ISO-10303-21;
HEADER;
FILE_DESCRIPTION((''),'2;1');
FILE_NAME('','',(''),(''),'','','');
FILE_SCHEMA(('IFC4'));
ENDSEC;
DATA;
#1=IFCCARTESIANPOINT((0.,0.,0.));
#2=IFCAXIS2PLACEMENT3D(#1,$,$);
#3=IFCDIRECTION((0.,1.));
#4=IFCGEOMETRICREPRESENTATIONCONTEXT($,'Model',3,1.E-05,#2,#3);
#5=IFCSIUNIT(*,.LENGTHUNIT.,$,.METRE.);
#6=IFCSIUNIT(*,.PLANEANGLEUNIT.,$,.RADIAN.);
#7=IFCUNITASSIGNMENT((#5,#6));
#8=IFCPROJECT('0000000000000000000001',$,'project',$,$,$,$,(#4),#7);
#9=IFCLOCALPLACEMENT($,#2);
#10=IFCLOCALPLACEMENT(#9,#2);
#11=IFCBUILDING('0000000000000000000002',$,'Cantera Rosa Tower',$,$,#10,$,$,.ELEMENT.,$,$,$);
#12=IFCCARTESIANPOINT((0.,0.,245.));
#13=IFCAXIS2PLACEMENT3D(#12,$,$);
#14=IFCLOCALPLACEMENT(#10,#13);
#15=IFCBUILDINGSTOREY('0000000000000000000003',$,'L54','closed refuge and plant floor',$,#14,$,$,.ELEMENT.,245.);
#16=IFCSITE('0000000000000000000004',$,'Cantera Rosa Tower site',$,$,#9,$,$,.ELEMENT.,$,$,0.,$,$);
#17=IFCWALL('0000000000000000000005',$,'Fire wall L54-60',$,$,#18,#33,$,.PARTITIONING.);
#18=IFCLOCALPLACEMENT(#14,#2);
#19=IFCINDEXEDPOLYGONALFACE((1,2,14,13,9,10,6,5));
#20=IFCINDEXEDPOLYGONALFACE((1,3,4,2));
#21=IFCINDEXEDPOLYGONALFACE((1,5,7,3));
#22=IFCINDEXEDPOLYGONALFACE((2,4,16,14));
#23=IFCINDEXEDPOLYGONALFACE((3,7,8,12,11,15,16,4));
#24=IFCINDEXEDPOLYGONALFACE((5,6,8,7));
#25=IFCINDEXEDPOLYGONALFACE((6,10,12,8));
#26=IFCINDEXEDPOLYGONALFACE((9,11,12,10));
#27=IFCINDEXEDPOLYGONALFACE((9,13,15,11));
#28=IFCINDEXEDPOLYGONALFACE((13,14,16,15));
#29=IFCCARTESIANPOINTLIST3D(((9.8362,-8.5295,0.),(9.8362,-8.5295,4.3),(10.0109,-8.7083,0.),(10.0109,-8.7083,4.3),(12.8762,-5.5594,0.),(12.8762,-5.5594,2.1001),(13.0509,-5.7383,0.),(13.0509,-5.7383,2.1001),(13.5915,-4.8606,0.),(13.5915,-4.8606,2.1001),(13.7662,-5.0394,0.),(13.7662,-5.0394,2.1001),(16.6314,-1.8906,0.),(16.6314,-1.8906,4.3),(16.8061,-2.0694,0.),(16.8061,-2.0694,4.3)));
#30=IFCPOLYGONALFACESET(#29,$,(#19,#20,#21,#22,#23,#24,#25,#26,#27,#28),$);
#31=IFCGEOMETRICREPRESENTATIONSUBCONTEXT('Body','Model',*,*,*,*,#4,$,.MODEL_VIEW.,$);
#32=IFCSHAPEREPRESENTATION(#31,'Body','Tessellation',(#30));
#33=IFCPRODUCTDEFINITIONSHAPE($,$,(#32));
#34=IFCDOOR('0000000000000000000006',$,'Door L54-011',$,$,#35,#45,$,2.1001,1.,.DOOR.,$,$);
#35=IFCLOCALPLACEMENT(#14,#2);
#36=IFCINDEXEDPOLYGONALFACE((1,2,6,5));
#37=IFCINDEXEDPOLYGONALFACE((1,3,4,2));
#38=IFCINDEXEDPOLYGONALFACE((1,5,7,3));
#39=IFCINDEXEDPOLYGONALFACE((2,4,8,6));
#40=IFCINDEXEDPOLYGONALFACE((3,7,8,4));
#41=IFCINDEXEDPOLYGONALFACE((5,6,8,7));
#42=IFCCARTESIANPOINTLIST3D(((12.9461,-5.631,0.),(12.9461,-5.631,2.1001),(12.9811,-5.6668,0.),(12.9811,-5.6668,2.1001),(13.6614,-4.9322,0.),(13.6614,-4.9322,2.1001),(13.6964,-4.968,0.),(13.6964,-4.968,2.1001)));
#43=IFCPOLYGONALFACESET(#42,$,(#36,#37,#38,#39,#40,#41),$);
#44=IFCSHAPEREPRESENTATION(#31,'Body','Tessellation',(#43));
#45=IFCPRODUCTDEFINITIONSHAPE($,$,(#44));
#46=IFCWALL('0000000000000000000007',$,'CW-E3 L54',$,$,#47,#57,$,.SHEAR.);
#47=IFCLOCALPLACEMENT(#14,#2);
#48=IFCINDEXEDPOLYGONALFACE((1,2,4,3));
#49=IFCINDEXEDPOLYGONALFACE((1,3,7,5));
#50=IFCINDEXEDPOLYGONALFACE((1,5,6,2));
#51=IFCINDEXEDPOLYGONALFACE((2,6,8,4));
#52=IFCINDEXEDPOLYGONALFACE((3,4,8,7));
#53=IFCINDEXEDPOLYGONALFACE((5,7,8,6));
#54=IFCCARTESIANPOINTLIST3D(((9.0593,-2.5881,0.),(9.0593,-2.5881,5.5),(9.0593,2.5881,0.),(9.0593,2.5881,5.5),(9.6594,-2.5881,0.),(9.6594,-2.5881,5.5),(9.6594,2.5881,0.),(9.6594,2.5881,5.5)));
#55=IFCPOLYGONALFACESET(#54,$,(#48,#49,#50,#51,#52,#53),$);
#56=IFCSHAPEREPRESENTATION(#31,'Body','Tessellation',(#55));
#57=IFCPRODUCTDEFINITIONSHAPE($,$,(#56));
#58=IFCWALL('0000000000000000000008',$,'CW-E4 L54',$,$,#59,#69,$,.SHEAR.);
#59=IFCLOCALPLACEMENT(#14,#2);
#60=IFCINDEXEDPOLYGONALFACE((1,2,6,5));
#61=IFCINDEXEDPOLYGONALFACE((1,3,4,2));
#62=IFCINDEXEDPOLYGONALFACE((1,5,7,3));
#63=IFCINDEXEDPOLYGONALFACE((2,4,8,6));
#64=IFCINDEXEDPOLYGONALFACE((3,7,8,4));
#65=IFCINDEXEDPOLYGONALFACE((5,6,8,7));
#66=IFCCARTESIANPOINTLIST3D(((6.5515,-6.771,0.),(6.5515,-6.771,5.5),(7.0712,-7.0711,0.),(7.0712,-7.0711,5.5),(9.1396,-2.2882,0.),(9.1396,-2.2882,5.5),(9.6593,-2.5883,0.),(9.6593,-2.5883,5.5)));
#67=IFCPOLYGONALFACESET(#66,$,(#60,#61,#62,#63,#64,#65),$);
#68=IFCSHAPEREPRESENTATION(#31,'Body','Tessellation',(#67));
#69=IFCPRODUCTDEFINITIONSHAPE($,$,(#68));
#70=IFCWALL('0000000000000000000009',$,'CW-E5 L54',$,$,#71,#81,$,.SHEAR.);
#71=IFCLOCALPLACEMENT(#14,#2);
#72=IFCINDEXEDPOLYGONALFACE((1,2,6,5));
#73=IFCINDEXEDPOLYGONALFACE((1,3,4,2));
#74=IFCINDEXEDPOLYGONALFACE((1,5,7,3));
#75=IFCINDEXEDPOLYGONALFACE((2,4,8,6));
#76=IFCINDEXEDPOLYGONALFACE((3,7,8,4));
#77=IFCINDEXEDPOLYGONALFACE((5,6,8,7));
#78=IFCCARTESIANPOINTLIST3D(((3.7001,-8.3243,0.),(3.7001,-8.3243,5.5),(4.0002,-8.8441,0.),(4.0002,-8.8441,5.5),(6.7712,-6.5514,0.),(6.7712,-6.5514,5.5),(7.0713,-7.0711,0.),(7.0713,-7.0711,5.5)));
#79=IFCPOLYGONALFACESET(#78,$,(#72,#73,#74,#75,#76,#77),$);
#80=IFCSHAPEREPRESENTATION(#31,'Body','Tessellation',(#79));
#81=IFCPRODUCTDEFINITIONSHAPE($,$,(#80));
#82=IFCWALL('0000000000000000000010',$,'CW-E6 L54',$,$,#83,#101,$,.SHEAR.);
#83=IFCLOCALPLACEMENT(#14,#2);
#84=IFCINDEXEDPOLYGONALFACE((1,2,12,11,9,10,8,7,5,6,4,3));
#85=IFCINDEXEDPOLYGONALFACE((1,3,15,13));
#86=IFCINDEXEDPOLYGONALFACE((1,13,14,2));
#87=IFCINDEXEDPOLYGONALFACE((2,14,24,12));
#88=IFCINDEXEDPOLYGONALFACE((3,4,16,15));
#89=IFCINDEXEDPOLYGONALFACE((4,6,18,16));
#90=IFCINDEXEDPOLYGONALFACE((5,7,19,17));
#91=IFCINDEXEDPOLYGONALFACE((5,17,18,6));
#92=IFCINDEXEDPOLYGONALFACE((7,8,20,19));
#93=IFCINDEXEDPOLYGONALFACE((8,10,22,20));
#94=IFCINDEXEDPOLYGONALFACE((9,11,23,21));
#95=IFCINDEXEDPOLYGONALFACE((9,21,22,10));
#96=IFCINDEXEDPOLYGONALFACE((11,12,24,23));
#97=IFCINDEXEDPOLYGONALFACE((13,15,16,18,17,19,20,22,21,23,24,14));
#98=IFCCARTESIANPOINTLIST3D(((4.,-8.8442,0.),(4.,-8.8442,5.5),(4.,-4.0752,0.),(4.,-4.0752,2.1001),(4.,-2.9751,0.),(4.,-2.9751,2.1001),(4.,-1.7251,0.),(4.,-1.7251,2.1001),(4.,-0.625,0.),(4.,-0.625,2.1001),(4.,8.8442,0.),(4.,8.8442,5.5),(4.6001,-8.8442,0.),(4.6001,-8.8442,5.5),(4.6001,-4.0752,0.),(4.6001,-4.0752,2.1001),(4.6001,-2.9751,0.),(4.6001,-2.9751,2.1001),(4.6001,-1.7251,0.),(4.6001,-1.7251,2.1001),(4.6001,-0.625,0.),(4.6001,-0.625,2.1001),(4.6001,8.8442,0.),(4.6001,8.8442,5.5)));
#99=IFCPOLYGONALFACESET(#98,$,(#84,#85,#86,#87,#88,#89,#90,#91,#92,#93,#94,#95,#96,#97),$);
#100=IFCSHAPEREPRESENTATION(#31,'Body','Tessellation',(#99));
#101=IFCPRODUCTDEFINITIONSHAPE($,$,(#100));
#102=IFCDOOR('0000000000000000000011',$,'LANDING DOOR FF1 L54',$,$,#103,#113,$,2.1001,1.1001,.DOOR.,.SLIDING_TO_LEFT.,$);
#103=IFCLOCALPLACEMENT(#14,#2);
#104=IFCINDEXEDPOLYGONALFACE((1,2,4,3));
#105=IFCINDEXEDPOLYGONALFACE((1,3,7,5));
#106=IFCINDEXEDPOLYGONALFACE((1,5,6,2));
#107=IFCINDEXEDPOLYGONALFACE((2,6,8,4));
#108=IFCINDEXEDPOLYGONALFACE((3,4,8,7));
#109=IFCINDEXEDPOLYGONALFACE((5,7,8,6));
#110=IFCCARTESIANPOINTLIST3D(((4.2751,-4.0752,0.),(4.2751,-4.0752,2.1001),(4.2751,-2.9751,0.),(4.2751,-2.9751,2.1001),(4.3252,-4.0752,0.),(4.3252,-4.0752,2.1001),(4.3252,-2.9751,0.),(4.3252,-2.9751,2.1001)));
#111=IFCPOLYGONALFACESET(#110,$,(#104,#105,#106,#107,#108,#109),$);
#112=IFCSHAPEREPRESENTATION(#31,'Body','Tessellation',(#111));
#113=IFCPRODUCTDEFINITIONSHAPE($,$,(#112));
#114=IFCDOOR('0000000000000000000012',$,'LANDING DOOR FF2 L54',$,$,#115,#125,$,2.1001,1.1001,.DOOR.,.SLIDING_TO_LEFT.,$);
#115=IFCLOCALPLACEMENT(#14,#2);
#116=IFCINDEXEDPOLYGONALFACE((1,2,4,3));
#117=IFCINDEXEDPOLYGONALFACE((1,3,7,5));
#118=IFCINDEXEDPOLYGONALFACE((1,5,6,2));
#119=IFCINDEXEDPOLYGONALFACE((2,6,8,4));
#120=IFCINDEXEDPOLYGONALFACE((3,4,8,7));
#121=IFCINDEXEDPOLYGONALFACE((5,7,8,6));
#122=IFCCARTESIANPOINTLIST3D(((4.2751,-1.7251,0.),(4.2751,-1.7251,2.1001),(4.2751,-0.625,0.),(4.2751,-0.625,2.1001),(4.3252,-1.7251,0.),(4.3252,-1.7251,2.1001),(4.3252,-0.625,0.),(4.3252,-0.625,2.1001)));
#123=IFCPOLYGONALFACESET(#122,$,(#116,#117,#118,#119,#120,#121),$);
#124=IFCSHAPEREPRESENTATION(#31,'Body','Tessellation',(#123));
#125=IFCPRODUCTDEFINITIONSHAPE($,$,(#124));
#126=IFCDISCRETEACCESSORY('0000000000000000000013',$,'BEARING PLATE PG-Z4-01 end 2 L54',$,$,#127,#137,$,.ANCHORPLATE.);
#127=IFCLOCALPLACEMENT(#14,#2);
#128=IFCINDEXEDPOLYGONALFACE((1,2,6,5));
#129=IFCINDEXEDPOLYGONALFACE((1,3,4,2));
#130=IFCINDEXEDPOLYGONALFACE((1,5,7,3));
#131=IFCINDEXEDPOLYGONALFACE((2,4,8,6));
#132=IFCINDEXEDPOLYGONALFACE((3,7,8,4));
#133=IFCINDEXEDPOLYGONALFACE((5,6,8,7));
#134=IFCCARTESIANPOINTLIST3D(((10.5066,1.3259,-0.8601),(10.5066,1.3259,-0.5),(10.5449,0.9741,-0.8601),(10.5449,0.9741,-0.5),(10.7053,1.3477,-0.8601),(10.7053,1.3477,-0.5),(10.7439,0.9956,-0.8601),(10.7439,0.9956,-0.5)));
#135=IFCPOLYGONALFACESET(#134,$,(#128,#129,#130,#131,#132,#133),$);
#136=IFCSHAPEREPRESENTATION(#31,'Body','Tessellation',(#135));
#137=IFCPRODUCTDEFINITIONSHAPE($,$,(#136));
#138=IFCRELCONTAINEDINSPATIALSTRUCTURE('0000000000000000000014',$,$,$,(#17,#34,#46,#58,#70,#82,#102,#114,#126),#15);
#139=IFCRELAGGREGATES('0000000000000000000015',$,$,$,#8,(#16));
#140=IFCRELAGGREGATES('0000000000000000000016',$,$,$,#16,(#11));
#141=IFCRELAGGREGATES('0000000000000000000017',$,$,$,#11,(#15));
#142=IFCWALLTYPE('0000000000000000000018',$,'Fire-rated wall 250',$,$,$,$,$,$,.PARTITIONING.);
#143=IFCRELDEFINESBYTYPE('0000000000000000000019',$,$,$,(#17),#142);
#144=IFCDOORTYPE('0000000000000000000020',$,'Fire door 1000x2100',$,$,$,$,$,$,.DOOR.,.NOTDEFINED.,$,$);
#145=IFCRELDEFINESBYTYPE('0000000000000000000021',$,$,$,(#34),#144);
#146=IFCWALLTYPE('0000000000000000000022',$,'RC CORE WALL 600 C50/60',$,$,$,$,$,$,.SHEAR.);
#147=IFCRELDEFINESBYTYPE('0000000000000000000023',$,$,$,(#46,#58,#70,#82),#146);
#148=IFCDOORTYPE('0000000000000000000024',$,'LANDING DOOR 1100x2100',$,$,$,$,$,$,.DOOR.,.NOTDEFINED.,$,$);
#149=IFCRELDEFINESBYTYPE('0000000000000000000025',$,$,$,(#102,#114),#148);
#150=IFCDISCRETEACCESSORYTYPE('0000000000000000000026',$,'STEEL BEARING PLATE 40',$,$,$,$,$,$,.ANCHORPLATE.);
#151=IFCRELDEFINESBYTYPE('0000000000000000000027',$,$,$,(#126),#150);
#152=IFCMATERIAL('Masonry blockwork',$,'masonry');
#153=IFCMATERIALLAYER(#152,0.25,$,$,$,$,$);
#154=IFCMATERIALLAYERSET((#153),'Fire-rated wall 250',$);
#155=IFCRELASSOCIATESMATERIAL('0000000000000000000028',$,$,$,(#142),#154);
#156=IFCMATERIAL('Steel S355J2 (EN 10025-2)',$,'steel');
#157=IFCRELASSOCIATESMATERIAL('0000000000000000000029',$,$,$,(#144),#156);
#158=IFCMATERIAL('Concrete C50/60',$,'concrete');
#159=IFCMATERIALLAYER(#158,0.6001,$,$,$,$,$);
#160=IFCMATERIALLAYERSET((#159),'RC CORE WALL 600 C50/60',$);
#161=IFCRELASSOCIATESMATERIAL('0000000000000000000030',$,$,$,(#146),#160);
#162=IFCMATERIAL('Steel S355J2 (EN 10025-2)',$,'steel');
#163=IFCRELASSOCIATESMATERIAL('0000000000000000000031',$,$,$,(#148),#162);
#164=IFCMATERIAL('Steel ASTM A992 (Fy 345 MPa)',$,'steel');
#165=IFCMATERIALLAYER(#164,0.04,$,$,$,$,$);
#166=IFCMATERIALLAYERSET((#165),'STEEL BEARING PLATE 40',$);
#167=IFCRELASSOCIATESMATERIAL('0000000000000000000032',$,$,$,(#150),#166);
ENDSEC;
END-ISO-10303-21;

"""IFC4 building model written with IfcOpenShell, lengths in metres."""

from ifc_helpers import new_model, si_unit, direction, frame, frame_2d, origin, place, context, subcontext, project, spatial, polyline, rectangle, outline, extrude, material, layer, layer_set, type_object, element, fill, save


model = new_model("IFC4")

# Units and contexts
model_context = context("Model", 3, precision=1e-05, world=origin(), true_north=direction((0.0, 1.0)))
body_context = subcontext(model_context, "Body", "Model", "MODEL_VIEW")
ifc_project = project(units=[si_unit("LENGTHUNIT", "METRE"), si_unit("PLANEANGLEUNIT", "RADIAN")], contexts=[model_context])

# Site, building, storey
site_placement = place(None, origin())
site = spatial("IfcSite", under=ifc_project, at=site_placement, Name="Cantera Rosa Tower site", CompositionType="ELEMENT", RefElevation=0.0)
building_placement = place(site_placement, origin())
building = spatial("IfcBuilding", under=site, at=building_placement, Name="Cantera Rosa Tower", CompositionType="ELEMENT")
storey_placement = place(building_placement, frame((0.0, 0.0, 245.0)))
storey = spatial("IfcBuildingStorey", under=building, at=storey_placement, Name="L54", Description="closed refuge and plant floor", CompositionType="ELEMENT", Elevation=245.0)

# Wall, opening, door
ifc_material_1 = material(Name="Masonry blockwork", Category="masonry")
ifc_layer_1 = layer(ifc_material_1, 0.25)
ifc_layer_set_1 = layer_set([ifc_layer_1], Name="Fire-rated wall 250")
wall_type_1 = type_object("IfcWallType", Name="Fire-rated wall 250", PredefinedType="PARTITIONING", material=ifc_layer_set_1)
wall_1_placement = place(storey_placement, frame((9.9236, -8.6189, 0.0), z_axis=(0.0, 0.0, 1.0), x_axis=(0.715283, 0.698835, 0.0)))
wall_1 = element("IfcWall", 1, at=wall_1_placement, inside=storey, type_object=wall_type_1, Name="Fire wall L54-60", PredefinedType="PARTITIONING", context=body_context, shape_type="SweptSolid", body=[
    extrude(rectangle(XDim=9.5, YDim=0.25, at=frame_2d((4.75, 0.0))), origin(), (0.0, 0.0, 1.0), 4.3),
])
opening_1_placement = place(wall_1_placement, frame((4.25, 0.0, 0.0)))
opening_1 = element("IfcOpeningElement", 2, at=opening_1_placement, cuts=wall_1, PredefinedType="OPENING", context=body_context, shape_type="SweptSolid", body=[
    extrude(rectangle(XDim=1.0, YDim=2.1001, at=frame_2d((0.5, 1.05))), frame((0.0, 0.135, 0.0), z_axis=(0.0, -1.0, 0.0), x_axis=(1.0, 0.0, 0.0)), (0.0, 0.0, 1.0), 0.27),
])
ifc_material_2 = material(Name="Steel S355J2 (EN 10025-2)", Category="steel")
door_type_1 = type_object("IfcDoorType", Name="Fire door 1000x2100", OperationType="NOTDEFINED", PredefinedType="DOOR", material=ifc_material_2)
door_1_placement = place(opening_1_placement, origin())
door_1 = element("IfcDoor", 3, at=door_1_placement, inside=storey, type_object=door_type_1, Name="Door L54-011", OverallHeight=2.1001, OverallWidth=1.0, PredefinedType="DOOR", context=body_context, shape_type="SweptSolid", body=[
    extrude(rectangle(XDim=1.0, YDim=2.1001, at=frame_2d((0.5, 1.05))), frame((0.0, 0.0249, 0.0), z_axis=(0.0, -1.0, 0.0), x_axis=(1.0, 0.0, 0.0)), (0.0, 0.0, 1.0), 0.05),
])
fill(opening_1, door_1)

# Walls
ifc_material_3 = material(Name="Concrete C50/60", Category="concrete")
ifc_layer_2 = layer(ifc_material_3, 0.6001)
ifc_layer_set_2 = layer_set([ifc_layer_2], Name="RC CORE WALL 600 C50/60")
wall_type_2 = type_object("IfcWallType", Name="RC CORE WALL 600 C50/60", PredefinedType="SHEAR", material=ifc_layer_set_2)
for number, where, z_axis, x_axis, name in (
    (4, (9.3594, 2.5881, 0.0), (0.0, 0.0, 1.0), (0.0, -1.0, 0.0), "CW-E3 L54"),
    (5, (9.3994, -2.4382, 0.0), (0.0, 0.0, 1.0), (-0.499989, -0.866032, 0.0), "CW-E4 L54"),
):
    element("IfcWall", number, at=place(storey_placement, frame(where, z_axis=z_axis, x_axis=x_axis)), inside=storey, type_object=wall_type_2, Name=name, PredefinedType="SHEAR", context=body_context, shape_type="SweptSolid", body=[
        extrude(rectangle(XDim=5.1763, YDim=0.6001, at=frame_2d((2.5881, 0.0))), origin(), (0.0, 0.0, 1.0), 5.5),
    ])
wall_2_placement = place(storey_placement, frame((6.9211, -6.8113, 0.0), z_axis=(0.0, 0.0, 1.0), x_axis=(-0.86604, -0.499975, 0.0)))
element("IfcWall", 6, at=wall_2_placement, inside=storey, type_object=wall_type_2, Name="CW-E5 L54", PredefinedType="SHEAR", context=body_context, shape_type="SweptSolid", body=[
    extrude(rectangle(XDim=3.5461, YDim=0.6001, at=frame_2d((1.7729, 0.0))), origin(), (0.0, 0.0, 1.0), 5.5),
])

# Wall, openings, doors
wall_3_placement = place(storey_placement, frame((4.3, -8.8442, 0.0), z_axis=(0.0, 0.0, 1.0), x_axis=(0.0, 1.0, 0.0)))
wall_3 = element("IfcWall", 7, at=wall_3_placement, inside=storey, type_object=wall_type_2, Name="CW-E6 L54", PredefinedType="SHEAR", context=body_context, shape_type="SweptSolid", body=[
    extrude(rectangle(XDim=17.6885, YDim=0.6001, at=frame_2d((8.8442, 0.0))), origin(), (0.0, 0.0, 1.0), 5.5),
])
opening_2_placement = place(wall_3_placement, frame((4.769, 0.0, 0.0)))
opening_2 = element("IfcOpeningElement", 8, at=opening_2_placement, cuts=wall_3, PredefinedType="OPENING", context=body_context, shape_type="SweptSolid", body=[
    extrude(rectangle(XDim=1.1001, YDim=2.1001, at=frame_2d((0.55, 1.05))), frame((0.0, 0.3101, 0.0), z_axis=(0.0, -1.0, 0.0), x_axis=(1.0, 0.0, 0.0)), (0.0, 0.0, 1.0), 0.6201),
])
opening_3_placement = place(wall_3_placement, frame((7.1191, 0.0, 0.0)))
opening_3 = element("IfcOpeningElement", 9, at=opening_3_placement, cuts=wall_3, PredefinedType="OPENING", context=body_context, shape_type="SweptSolid", body=[
    extrude(rectangle(XDim=1.1001, YDim=2.1001, at=frame_2d((0.55, 1.05))), frame((0.0, 0.3101, 0.0), z_axis=(0.0, -1.0, 0.0), x_axis=(1.0, 0.0, 0.0)), (0.0, 0.0, 1.0), 0.6201),
])
ifc_material_4 = material(Name="Steel S355J2 (EN 10025-2)", Category="steel")
door_type_2 = type_object("IfcDoorType", Name="LANDING DOOR 1100x2100", OperationType="NOTDEFINED", PredefinedType="DOOR", material=ifc_material_4)
door_2_placement = place(opening_2_placement, origin())
door_2 = element("IfcDoor", 10, at=door_2_placement, inside=storey, type_object=door_type_2, Name="LANDING DOOR FF1 L54", OperationType="SLIDING_TO_LEFT", OverallHeight=2.1001, OverallWidth=1.1001, PredefinedType="DOOR", context=body_context, shape_type="SweptSolid", body=[
    extrude(rectangle(XDim=1.1001, YDim=2.1001, at=frame_2d((0.55, 1.05))), frame((0.0, 0.0249, 0.0), z_axis=(0.0, -1.0, 0.0), x_axis=(1.0, 0.0, 0.0)), (0.0, 0.0, 1.0), 0.05),
])
fill(opening_2, door_2)
door_3_placement = place(opening_3_placement, origin())
door_3 = element("IfcDoor", 11, at=door_3_placement, inside=storey, type_object=door_type_2, Name="LANDING DOOR FF2 L54", OperationType="SLIDING_TO_LEFT", OverallHeight=2.1001, OverallWidth=1.1001, PredefinedType="DOOR", context=body_context, shape_type="SweptSolid", body=[
    extrude(rectangle(XDim=1.1001, YDim=2.1001, at=frame_2d((0.55, 1.05))), frame((0.0, 0.0249, 0.0), z_axis=(0.0, -1.0, 0.0), x_axis=(1.0, 0.0, 0.0)), (0.0, 0.0, 1.0), 0.05),
])
fill(opening_3, door_3)

# Discrete accessory
ifc_material_5 = material(Name="Steel ASTM A992 (Fy 345 MPa)", Category="steel")
ifc_layer_3 = layer(ifc_material_5, 0.04)
ifc_layer_set_3 = layer_set([ifc_layer_3], Name="STEEL BEARING PLATE 40")
discrete_accessory_type = type_object("IfcDiscreteAccessoryType", Name="STEEL BEARING PLATE 40", PredefinedType="ANCHORPLATE", material=ifc_layer_set_3)
discrete_accessory_placement = place(storey_placement, frame((0.0, 0.0, -0.8601)))
element("IfcDiscreteAccessory", 12, at=discrete_accessory_placement, inside=storey, type_object=discrete_accessory_type, Name="BEARING PLATE PG-Z4-01 end 2 L54", PredefinedType="ANCHORPLATE", context=body_context, shape_type="SweptSolid", body=[
    extrude(outline(polyline([(10.7053, 1.3477), (10.5066, 1.3259), (10.5449, 0.9741), (10.7439, 0.9956), (10.7053, 1.3477)])), origin(), (0.0, 0.0, 1.0), 0.3601),
])

save(model, "model.ifc")
